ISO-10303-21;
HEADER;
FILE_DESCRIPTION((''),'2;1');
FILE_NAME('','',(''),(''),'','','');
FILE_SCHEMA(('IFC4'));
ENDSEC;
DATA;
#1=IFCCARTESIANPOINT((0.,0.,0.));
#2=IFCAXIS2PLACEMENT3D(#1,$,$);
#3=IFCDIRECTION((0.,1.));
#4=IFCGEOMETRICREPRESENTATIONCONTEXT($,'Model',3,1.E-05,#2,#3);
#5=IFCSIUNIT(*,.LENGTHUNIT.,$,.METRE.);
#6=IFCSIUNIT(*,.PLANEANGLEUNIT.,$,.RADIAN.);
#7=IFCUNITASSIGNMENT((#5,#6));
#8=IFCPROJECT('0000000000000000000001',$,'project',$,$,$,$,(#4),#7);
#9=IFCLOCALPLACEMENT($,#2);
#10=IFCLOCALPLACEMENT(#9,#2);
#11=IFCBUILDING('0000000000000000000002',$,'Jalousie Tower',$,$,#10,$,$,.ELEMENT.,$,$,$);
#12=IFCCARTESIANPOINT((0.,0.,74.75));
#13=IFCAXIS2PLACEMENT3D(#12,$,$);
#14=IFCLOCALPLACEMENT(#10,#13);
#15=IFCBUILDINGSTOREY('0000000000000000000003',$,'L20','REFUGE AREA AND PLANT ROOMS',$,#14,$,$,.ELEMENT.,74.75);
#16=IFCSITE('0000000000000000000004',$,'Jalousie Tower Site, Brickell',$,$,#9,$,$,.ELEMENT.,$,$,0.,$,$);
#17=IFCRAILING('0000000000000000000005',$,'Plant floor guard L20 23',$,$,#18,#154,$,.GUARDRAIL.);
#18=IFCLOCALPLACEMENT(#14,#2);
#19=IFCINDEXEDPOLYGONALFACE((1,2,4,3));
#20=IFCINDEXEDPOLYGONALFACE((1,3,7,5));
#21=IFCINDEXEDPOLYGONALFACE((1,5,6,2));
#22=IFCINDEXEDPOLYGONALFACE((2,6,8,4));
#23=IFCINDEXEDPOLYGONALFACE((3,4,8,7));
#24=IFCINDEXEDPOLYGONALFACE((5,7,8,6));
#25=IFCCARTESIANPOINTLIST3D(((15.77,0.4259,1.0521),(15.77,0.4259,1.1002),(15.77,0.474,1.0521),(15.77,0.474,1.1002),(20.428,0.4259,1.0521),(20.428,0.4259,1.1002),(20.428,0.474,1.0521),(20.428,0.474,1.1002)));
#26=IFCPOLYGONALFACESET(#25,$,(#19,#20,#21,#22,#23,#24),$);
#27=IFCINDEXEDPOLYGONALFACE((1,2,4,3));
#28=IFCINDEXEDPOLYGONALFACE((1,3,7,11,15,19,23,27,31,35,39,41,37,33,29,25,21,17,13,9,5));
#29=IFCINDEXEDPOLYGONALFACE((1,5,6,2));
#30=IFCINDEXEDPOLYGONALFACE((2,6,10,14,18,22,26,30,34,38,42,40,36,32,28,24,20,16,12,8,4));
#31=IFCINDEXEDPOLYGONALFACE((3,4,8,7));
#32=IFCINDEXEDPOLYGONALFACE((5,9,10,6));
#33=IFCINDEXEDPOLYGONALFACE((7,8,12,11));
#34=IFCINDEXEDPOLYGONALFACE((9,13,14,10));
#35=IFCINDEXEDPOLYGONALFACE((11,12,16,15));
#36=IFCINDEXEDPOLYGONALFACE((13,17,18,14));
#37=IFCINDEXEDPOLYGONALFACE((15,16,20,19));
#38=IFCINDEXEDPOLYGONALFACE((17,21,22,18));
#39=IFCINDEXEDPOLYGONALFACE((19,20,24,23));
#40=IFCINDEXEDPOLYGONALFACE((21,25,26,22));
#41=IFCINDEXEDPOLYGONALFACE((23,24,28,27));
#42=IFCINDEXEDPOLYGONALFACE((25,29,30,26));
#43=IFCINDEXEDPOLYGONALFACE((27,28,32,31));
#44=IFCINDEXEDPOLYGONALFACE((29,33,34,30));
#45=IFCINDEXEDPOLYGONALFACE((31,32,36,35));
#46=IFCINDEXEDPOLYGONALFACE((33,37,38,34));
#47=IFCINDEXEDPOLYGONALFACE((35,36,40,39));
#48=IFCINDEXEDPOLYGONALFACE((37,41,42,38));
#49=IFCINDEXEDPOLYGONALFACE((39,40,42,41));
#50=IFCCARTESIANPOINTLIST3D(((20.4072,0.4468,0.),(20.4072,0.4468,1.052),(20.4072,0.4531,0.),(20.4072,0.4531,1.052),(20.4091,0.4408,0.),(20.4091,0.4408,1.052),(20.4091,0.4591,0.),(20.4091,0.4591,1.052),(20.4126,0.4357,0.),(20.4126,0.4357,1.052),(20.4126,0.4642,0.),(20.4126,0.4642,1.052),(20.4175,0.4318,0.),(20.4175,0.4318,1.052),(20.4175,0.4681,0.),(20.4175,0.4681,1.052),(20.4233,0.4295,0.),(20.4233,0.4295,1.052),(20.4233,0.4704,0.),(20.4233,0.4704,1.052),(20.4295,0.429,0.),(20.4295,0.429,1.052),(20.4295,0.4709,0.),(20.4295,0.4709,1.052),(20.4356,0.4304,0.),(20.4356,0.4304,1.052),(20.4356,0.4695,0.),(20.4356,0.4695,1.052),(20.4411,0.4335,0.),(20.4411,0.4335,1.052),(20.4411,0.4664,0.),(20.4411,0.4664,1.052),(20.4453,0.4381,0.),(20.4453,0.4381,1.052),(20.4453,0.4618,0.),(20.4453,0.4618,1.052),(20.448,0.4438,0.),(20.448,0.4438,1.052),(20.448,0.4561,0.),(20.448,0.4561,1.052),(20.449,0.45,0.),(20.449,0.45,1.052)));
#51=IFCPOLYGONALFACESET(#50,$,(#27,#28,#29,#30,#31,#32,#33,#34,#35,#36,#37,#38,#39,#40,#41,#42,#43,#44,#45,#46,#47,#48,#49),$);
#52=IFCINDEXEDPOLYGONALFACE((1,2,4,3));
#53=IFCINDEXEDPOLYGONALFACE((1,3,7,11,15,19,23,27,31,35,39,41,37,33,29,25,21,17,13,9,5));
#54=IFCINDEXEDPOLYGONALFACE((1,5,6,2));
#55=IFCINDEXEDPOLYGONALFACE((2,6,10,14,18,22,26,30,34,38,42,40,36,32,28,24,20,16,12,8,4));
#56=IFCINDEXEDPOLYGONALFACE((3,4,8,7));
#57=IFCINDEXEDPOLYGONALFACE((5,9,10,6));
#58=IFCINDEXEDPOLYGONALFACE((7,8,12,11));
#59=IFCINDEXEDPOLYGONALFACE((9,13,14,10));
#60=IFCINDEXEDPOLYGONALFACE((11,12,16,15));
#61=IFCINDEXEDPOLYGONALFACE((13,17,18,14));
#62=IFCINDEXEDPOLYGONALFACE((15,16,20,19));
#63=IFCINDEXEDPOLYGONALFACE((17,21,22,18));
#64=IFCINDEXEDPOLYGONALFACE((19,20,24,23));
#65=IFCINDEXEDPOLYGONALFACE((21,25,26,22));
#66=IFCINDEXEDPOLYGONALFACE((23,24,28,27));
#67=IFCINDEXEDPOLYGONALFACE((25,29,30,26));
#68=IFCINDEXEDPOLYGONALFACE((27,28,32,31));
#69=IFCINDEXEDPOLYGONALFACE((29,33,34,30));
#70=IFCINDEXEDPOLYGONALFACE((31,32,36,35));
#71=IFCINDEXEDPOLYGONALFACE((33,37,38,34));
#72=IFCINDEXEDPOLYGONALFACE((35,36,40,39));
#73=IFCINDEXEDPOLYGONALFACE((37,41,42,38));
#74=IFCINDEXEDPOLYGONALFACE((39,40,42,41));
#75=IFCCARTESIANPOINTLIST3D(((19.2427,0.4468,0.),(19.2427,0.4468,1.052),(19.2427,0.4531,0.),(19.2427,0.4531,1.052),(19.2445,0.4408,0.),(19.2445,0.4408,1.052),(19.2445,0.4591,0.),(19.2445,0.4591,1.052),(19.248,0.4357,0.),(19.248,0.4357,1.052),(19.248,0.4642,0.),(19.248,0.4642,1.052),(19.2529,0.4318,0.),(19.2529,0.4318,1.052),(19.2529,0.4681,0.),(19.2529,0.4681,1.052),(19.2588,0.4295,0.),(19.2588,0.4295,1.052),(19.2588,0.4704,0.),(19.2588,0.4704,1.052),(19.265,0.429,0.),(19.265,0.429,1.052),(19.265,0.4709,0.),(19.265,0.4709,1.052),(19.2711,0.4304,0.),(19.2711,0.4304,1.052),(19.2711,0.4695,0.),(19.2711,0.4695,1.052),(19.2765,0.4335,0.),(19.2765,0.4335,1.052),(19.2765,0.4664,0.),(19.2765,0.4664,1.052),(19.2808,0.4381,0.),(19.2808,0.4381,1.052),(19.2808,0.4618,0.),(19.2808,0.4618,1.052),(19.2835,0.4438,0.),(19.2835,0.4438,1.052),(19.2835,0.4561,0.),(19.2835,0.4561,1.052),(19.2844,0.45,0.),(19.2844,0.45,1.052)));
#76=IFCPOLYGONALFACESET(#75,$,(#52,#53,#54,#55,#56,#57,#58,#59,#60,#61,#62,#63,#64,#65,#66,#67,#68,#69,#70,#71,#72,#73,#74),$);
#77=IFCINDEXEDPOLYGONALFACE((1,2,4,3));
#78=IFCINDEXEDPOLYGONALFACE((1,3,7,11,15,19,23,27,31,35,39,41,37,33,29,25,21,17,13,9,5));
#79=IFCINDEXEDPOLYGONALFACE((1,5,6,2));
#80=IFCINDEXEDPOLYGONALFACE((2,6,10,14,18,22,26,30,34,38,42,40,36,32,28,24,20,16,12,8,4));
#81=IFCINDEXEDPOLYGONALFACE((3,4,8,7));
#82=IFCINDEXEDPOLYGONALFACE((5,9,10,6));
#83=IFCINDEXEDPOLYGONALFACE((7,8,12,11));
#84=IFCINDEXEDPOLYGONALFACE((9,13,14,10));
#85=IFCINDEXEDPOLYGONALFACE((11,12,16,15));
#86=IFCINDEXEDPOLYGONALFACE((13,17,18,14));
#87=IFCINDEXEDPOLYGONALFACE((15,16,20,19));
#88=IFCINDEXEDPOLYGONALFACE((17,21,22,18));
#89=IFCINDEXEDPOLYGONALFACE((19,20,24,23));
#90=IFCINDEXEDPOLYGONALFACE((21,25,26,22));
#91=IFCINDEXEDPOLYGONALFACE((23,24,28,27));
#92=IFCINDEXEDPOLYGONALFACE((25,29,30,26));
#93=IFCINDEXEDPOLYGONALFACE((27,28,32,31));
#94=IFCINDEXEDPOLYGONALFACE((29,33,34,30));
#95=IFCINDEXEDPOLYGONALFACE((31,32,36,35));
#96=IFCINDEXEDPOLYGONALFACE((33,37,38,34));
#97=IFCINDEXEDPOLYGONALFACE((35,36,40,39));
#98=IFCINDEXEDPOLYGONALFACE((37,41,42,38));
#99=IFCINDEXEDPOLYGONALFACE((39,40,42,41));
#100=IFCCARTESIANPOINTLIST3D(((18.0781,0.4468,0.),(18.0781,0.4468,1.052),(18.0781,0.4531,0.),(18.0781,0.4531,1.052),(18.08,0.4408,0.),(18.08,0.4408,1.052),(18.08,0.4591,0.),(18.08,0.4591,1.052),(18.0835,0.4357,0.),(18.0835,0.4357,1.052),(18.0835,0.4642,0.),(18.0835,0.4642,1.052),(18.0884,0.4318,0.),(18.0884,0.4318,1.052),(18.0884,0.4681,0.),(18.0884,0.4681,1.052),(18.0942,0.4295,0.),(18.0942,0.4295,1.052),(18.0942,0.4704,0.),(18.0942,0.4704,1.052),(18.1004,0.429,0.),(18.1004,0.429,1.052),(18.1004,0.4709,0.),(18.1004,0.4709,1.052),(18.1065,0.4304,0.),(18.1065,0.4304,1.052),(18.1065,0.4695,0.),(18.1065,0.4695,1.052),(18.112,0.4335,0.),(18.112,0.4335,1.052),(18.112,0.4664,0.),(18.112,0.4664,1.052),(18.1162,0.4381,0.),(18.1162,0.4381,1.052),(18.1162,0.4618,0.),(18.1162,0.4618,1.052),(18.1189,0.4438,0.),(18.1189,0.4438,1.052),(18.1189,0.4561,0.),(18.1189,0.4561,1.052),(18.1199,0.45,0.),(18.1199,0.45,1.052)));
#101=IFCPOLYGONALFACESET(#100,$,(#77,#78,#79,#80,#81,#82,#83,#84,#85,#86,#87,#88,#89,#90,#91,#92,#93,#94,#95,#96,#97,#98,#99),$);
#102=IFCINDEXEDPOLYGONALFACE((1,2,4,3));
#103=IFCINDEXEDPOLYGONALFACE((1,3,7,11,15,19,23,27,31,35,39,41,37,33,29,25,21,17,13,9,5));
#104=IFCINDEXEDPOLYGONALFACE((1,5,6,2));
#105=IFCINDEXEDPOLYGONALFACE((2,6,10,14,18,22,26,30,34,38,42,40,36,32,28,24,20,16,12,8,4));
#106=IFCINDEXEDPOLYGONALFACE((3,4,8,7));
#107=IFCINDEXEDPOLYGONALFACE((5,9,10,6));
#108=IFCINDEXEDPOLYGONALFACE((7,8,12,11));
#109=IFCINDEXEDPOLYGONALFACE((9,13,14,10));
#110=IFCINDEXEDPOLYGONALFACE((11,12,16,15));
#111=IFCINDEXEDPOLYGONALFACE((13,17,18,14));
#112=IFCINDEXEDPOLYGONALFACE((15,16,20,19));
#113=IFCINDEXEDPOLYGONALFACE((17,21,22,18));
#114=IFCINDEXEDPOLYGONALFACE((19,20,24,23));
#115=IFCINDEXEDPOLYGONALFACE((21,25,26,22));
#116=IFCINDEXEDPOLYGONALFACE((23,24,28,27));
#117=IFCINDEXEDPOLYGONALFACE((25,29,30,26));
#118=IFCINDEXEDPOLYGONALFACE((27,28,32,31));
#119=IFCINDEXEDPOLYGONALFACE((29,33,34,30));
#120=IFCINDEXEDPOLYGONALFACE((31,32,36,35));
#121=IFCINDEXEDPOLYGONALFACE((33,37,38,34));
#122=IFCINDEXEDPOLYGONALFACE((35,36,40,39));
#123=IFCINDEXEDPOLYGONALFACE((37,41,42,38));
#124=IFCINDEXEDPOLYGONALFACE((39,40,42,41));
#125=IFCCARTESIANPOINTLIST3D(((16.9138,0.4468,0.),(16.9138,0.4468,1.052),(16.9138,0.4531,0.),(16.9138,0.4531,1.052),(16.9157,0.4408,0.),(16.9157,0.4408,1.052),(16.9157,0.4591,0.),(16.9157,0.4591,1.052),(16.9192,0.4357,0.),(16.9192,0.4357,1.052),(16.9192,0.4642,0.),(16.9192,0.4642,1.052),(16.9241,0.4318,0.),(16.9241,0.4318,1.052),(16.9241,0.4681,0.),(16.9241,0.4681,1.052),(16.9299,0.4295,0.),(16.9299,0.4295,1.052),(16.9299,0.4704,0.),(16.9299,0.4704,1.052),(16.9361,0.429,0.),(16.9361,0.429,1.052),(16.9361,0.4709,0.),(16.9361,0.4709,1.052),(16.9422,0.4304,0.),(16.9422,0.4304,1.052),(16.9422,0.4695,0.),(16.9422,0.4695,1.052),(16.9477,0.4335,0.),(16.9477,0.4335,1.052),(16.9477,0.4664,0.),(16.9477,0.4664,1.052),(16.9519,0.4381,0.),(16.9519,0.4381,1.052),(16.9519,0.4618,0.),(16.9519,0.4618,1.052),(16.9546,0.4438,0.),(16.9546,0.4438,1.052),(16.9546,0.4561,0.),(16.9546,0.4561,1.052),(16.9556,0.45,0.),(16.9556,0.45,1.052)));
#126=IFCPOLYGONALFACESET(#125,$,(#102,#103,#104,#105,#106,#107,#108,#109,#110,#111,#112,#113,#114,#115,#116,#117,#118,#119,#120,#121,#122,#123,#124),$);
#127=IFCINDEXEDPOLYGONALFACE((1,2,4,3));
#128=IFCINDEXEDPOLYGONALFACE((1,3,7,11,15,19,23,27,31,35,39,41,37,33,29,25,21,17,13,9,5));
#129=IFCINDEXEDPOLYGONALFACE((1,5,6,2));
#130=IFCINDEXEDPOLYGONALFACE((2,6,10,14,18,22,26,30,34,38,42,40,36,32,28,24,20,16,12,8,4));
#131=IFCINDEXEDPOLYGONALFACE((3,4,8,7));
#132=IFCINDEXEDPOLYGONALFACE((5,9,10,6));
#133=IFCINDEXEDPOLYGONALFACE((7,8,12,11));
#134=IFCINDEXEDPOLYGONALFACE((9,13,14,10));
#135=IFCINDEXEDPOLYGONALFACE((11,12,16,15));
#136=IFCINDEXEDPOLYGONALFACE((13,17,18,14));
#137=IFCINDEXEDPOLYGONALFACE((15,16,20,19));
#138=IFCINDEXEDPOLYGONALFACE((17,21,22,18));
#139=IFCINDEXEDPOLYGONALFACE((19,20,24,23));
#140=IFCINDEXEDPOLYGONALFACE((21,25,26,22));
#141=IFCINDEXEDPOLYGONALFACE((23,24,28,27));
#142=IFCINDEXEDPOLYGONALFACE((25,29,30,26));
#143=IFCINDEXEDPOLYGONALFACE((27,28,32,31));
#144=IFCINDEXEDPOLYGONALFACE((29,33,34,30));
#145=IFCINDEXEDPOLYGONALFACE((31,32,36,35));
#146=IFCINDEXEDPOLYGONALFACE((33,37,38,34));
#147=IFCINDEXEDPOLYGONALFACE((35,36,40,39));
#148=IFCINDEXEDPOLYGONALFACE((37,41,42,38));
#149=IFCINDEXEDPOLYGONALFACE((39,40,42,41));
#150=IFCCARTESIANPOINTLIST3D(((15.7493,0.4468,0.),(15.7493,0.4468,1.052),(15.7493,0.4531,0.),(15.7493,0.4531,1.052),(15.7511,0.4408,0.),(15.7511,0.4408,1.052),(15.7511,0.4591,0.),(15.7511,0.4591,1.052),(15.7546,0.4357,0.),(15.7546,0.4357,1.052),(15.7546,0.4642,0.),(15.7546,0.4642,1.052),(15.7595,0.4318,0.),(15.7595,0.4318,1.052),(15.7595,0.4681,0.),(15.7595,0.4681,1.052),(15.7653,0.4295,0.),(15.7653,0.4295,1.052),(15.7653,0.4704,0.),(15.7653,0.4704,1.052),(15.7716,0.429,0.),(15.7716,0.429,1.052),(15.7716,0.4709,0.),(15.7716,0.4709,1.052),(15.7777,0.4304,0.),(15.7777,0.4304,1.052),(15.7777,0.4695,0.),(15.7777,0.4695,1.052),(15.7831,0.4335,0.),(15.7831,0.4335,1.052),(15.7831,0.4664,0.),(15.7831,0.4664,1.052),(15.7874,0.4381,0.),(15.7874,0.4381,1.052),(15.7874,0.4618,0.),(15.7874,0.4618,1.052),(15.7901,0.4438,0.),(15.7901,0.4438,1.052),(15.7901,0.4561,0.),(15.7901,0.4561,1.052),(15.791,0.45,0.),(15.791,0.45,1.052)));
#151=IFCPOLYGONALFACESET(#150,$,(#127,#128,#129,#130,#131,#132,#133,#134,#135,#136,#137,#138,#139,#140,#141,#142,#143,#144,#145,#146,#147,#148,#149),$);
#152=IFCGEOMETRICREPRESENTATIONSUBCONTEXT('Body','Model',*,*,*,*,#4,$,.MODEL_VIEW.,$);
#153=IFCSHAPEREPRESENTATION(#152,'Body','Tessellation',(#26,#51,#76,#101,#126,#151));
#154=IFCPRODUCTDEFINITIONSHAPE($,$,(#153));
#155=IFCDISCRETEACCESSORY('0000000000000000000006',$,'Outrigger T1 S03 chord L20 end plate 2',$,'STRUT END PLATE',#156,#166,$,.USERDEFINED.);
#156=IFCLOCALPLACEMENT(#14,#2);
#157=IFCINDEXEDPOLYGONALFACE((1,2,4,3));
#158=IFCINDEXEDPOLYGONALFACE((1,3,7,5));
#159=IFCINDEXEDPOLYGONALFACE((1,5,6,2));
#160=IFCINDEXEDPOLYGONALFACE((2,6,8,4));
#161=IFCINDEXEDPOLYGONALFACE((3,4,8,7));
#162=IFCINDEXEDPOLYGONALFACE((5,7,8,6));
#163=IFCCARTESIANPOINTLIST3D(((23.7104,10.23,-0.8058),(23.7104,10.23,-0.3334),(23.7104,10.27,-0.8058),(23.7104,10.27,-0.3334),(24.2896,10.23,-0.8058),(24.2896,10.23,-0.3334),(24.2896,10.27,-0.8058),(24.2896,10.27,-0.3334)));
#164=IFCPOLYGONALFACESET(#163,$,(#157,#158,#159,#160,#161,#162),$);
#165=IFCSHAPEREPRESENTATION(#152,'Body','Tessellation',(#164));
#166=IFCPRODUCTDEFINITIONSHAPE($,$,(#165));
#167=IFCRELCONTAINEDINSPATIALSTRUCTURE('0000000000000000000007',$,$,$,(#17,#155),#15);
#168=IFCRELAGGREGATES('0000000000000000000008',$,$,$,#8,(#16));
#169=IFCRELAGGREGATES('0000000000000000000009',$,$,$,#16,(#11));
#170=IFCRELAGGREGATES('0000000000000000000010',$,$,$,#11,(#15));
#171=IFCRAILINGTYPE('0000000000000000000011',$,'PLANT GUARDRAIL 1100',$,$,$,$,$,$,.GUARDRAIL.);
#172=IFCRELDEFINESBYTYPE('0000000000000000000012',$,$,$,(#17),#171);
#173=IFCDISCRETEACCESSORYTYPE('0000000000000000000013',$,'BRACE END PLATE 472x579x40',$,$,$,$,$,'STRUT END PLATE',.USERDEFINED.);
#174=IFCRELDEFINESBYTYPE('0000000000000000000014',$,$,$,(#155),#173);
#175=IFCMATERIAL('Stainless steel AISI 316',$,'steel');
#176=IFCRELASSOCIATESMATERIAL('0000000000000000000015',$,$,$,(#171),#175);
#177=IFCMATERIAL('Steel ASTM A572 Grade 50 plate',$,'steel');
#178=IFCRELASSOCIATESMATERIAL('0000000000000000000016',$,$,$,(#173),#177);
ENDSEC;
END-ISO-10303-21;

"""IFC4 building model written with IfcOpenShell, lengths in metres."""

from ifc_helpers import new_model, si_unit, direction, frame, origin, origin_2d, place, context, subcontext, project, spatial, rectangle, circle, extrude, material, material_profile, profile_set, type_object, element, save


model = new_model("IFC4")

# Units and contexts
model_context = context("Model", 3, precision=1e-05, world=origin(), true_north=direction((0.0, 1.0)))
body_context = subcontext(model_context, "Body", "Model", "MODEL_VIEW")
ifc_project = project(units=[si_unit("LENGTHUNIT", "METRE"), si_unit("PLANEANGLEUNIT", "RADIAN")], contexts=[model_context])

# Site, building, storey
site_placement = place(None, origin())
site = spatial("IfcSite", under=ifc_project, at=site_placement, Name="Jalousie Tower Site, Brickell", CompositionType="ELEMENT", RefElevation=0.0)
building_placement = place(site_placement, origin())
building = spatial("IfcBuilding", under=site, at=building_placement, Name="Jalousie Tower", CompositionType="ELEMENT")
storey_placement = place(building_placement, frame((0.0, 0.0, 74.75)))
storey = spatial("IfcBuildingStorey", under=building, at=storey_placement, Name="L20", Description="REFUGE AREA AND PLANT ROOMS", CompositionType="ELEMENT", Elevation=74.75)

# Railing
ifc_material_1 = material(Name="Stainless steel AISI 316", Category="steel")
railing_type = type_object("IfcRailingType", Name="PLANT GUARDRAIL 1100", PredefinedType="GUARDRAIL", material=ifc_material_1)
railing_placement = place(storey_placement, frame((20.428, 0.45, 0.0)))
element("IfcRailing", 1, at=railing_placement, inside=storey, type_object=railing_type, Name="Plant floor guard L20 23", PredefinedType="GUARDRAIL", context=body_context, shape_type="SweptSolid", body=[
    extrude(rectangle(XDim=0.0481, YDim=0.0481, at=origin_2d()), frame((0.0, 0.0, 1.0762), z_axis=(-1.0, 0.0, 0.0), x_axis=(0.0, -1.0, 0.0)), (0.0, 0.0, 1.0), 4.658),
    extrude(circle(Radius=0.021, at=origin_2d()), origin(), (0.0, 0.0, 1.0), 1.052),
    extrude(circle(Radius=0.021, at=origin_2d()), frame((-1.1646, 0.0, 0.0)), (0.0, 0.0, 1.0), 1.052),
    extrude(circle(Radius=0.021, at=origin_2d()), frame((-2.3291, 0.0, 0.0)), (0.0, 0.0, 1.0), 1.052),
    extrude(circle(Radius=0.021, at=origin_2d()), frame((-3.4934, 0.0, 0.0)), (0.0, 0.0, 1.0), 1.052),
    extrude(circle(Radius=0.021, at=origin_2d()), frame((-4.658, 0.0, 0.0)), (0.0, 0.0, 1.0), 1.052),
])

# Discrete accessory
ifc_material_2 = material(Name="Steel ASTM A572 Grade 50 plate", Category="steel")
ifc_material_profile_1 = material_profile(ifc_material_2, rectangle(XDim=0.4724, YDim=0.5791, at=origin_2d()), Name="BRACE END PLATE 472x579x40")
ifc_profile_set_1 = profile_set([ifc_material_profile_1], Name="Steel ASTM A572 Grade 50 plate")
discrete_accessory_type = type_object("IfcDiscreteAccessoryType", Name="BRACE END PLATE 472x579x40", ElementType="STRUT END PLATE", PredefinedType="USERDEFINED", material=ifc_profile_set_1)
discrete_accessory_placement = place(storey_placement, frame((24.0, 10.23, -0.5696), z_axis=(0.0, 1.0, 0.0), x_axis=(0.0, 0.0, 1.0)))
element("IfcDiscreteAccessory", 2, at=discrete_accessory_placement, inside=storey, type_object=discrete_accessory_type, Name="Outrigger T1 S03 chord L20 end plate 2", ObjectType="STRUT END PLATE", PredefinedType="USERDEFINED", context=body_context, shape_type="SweptSolid", body=[
    extrude(rectangle(XDim=0.4724, YDim=0.5791, at=origin_2d()), origin(), (0.0, 0.0, 1.0), 0.04),
])

save(model, "model.ifc")
